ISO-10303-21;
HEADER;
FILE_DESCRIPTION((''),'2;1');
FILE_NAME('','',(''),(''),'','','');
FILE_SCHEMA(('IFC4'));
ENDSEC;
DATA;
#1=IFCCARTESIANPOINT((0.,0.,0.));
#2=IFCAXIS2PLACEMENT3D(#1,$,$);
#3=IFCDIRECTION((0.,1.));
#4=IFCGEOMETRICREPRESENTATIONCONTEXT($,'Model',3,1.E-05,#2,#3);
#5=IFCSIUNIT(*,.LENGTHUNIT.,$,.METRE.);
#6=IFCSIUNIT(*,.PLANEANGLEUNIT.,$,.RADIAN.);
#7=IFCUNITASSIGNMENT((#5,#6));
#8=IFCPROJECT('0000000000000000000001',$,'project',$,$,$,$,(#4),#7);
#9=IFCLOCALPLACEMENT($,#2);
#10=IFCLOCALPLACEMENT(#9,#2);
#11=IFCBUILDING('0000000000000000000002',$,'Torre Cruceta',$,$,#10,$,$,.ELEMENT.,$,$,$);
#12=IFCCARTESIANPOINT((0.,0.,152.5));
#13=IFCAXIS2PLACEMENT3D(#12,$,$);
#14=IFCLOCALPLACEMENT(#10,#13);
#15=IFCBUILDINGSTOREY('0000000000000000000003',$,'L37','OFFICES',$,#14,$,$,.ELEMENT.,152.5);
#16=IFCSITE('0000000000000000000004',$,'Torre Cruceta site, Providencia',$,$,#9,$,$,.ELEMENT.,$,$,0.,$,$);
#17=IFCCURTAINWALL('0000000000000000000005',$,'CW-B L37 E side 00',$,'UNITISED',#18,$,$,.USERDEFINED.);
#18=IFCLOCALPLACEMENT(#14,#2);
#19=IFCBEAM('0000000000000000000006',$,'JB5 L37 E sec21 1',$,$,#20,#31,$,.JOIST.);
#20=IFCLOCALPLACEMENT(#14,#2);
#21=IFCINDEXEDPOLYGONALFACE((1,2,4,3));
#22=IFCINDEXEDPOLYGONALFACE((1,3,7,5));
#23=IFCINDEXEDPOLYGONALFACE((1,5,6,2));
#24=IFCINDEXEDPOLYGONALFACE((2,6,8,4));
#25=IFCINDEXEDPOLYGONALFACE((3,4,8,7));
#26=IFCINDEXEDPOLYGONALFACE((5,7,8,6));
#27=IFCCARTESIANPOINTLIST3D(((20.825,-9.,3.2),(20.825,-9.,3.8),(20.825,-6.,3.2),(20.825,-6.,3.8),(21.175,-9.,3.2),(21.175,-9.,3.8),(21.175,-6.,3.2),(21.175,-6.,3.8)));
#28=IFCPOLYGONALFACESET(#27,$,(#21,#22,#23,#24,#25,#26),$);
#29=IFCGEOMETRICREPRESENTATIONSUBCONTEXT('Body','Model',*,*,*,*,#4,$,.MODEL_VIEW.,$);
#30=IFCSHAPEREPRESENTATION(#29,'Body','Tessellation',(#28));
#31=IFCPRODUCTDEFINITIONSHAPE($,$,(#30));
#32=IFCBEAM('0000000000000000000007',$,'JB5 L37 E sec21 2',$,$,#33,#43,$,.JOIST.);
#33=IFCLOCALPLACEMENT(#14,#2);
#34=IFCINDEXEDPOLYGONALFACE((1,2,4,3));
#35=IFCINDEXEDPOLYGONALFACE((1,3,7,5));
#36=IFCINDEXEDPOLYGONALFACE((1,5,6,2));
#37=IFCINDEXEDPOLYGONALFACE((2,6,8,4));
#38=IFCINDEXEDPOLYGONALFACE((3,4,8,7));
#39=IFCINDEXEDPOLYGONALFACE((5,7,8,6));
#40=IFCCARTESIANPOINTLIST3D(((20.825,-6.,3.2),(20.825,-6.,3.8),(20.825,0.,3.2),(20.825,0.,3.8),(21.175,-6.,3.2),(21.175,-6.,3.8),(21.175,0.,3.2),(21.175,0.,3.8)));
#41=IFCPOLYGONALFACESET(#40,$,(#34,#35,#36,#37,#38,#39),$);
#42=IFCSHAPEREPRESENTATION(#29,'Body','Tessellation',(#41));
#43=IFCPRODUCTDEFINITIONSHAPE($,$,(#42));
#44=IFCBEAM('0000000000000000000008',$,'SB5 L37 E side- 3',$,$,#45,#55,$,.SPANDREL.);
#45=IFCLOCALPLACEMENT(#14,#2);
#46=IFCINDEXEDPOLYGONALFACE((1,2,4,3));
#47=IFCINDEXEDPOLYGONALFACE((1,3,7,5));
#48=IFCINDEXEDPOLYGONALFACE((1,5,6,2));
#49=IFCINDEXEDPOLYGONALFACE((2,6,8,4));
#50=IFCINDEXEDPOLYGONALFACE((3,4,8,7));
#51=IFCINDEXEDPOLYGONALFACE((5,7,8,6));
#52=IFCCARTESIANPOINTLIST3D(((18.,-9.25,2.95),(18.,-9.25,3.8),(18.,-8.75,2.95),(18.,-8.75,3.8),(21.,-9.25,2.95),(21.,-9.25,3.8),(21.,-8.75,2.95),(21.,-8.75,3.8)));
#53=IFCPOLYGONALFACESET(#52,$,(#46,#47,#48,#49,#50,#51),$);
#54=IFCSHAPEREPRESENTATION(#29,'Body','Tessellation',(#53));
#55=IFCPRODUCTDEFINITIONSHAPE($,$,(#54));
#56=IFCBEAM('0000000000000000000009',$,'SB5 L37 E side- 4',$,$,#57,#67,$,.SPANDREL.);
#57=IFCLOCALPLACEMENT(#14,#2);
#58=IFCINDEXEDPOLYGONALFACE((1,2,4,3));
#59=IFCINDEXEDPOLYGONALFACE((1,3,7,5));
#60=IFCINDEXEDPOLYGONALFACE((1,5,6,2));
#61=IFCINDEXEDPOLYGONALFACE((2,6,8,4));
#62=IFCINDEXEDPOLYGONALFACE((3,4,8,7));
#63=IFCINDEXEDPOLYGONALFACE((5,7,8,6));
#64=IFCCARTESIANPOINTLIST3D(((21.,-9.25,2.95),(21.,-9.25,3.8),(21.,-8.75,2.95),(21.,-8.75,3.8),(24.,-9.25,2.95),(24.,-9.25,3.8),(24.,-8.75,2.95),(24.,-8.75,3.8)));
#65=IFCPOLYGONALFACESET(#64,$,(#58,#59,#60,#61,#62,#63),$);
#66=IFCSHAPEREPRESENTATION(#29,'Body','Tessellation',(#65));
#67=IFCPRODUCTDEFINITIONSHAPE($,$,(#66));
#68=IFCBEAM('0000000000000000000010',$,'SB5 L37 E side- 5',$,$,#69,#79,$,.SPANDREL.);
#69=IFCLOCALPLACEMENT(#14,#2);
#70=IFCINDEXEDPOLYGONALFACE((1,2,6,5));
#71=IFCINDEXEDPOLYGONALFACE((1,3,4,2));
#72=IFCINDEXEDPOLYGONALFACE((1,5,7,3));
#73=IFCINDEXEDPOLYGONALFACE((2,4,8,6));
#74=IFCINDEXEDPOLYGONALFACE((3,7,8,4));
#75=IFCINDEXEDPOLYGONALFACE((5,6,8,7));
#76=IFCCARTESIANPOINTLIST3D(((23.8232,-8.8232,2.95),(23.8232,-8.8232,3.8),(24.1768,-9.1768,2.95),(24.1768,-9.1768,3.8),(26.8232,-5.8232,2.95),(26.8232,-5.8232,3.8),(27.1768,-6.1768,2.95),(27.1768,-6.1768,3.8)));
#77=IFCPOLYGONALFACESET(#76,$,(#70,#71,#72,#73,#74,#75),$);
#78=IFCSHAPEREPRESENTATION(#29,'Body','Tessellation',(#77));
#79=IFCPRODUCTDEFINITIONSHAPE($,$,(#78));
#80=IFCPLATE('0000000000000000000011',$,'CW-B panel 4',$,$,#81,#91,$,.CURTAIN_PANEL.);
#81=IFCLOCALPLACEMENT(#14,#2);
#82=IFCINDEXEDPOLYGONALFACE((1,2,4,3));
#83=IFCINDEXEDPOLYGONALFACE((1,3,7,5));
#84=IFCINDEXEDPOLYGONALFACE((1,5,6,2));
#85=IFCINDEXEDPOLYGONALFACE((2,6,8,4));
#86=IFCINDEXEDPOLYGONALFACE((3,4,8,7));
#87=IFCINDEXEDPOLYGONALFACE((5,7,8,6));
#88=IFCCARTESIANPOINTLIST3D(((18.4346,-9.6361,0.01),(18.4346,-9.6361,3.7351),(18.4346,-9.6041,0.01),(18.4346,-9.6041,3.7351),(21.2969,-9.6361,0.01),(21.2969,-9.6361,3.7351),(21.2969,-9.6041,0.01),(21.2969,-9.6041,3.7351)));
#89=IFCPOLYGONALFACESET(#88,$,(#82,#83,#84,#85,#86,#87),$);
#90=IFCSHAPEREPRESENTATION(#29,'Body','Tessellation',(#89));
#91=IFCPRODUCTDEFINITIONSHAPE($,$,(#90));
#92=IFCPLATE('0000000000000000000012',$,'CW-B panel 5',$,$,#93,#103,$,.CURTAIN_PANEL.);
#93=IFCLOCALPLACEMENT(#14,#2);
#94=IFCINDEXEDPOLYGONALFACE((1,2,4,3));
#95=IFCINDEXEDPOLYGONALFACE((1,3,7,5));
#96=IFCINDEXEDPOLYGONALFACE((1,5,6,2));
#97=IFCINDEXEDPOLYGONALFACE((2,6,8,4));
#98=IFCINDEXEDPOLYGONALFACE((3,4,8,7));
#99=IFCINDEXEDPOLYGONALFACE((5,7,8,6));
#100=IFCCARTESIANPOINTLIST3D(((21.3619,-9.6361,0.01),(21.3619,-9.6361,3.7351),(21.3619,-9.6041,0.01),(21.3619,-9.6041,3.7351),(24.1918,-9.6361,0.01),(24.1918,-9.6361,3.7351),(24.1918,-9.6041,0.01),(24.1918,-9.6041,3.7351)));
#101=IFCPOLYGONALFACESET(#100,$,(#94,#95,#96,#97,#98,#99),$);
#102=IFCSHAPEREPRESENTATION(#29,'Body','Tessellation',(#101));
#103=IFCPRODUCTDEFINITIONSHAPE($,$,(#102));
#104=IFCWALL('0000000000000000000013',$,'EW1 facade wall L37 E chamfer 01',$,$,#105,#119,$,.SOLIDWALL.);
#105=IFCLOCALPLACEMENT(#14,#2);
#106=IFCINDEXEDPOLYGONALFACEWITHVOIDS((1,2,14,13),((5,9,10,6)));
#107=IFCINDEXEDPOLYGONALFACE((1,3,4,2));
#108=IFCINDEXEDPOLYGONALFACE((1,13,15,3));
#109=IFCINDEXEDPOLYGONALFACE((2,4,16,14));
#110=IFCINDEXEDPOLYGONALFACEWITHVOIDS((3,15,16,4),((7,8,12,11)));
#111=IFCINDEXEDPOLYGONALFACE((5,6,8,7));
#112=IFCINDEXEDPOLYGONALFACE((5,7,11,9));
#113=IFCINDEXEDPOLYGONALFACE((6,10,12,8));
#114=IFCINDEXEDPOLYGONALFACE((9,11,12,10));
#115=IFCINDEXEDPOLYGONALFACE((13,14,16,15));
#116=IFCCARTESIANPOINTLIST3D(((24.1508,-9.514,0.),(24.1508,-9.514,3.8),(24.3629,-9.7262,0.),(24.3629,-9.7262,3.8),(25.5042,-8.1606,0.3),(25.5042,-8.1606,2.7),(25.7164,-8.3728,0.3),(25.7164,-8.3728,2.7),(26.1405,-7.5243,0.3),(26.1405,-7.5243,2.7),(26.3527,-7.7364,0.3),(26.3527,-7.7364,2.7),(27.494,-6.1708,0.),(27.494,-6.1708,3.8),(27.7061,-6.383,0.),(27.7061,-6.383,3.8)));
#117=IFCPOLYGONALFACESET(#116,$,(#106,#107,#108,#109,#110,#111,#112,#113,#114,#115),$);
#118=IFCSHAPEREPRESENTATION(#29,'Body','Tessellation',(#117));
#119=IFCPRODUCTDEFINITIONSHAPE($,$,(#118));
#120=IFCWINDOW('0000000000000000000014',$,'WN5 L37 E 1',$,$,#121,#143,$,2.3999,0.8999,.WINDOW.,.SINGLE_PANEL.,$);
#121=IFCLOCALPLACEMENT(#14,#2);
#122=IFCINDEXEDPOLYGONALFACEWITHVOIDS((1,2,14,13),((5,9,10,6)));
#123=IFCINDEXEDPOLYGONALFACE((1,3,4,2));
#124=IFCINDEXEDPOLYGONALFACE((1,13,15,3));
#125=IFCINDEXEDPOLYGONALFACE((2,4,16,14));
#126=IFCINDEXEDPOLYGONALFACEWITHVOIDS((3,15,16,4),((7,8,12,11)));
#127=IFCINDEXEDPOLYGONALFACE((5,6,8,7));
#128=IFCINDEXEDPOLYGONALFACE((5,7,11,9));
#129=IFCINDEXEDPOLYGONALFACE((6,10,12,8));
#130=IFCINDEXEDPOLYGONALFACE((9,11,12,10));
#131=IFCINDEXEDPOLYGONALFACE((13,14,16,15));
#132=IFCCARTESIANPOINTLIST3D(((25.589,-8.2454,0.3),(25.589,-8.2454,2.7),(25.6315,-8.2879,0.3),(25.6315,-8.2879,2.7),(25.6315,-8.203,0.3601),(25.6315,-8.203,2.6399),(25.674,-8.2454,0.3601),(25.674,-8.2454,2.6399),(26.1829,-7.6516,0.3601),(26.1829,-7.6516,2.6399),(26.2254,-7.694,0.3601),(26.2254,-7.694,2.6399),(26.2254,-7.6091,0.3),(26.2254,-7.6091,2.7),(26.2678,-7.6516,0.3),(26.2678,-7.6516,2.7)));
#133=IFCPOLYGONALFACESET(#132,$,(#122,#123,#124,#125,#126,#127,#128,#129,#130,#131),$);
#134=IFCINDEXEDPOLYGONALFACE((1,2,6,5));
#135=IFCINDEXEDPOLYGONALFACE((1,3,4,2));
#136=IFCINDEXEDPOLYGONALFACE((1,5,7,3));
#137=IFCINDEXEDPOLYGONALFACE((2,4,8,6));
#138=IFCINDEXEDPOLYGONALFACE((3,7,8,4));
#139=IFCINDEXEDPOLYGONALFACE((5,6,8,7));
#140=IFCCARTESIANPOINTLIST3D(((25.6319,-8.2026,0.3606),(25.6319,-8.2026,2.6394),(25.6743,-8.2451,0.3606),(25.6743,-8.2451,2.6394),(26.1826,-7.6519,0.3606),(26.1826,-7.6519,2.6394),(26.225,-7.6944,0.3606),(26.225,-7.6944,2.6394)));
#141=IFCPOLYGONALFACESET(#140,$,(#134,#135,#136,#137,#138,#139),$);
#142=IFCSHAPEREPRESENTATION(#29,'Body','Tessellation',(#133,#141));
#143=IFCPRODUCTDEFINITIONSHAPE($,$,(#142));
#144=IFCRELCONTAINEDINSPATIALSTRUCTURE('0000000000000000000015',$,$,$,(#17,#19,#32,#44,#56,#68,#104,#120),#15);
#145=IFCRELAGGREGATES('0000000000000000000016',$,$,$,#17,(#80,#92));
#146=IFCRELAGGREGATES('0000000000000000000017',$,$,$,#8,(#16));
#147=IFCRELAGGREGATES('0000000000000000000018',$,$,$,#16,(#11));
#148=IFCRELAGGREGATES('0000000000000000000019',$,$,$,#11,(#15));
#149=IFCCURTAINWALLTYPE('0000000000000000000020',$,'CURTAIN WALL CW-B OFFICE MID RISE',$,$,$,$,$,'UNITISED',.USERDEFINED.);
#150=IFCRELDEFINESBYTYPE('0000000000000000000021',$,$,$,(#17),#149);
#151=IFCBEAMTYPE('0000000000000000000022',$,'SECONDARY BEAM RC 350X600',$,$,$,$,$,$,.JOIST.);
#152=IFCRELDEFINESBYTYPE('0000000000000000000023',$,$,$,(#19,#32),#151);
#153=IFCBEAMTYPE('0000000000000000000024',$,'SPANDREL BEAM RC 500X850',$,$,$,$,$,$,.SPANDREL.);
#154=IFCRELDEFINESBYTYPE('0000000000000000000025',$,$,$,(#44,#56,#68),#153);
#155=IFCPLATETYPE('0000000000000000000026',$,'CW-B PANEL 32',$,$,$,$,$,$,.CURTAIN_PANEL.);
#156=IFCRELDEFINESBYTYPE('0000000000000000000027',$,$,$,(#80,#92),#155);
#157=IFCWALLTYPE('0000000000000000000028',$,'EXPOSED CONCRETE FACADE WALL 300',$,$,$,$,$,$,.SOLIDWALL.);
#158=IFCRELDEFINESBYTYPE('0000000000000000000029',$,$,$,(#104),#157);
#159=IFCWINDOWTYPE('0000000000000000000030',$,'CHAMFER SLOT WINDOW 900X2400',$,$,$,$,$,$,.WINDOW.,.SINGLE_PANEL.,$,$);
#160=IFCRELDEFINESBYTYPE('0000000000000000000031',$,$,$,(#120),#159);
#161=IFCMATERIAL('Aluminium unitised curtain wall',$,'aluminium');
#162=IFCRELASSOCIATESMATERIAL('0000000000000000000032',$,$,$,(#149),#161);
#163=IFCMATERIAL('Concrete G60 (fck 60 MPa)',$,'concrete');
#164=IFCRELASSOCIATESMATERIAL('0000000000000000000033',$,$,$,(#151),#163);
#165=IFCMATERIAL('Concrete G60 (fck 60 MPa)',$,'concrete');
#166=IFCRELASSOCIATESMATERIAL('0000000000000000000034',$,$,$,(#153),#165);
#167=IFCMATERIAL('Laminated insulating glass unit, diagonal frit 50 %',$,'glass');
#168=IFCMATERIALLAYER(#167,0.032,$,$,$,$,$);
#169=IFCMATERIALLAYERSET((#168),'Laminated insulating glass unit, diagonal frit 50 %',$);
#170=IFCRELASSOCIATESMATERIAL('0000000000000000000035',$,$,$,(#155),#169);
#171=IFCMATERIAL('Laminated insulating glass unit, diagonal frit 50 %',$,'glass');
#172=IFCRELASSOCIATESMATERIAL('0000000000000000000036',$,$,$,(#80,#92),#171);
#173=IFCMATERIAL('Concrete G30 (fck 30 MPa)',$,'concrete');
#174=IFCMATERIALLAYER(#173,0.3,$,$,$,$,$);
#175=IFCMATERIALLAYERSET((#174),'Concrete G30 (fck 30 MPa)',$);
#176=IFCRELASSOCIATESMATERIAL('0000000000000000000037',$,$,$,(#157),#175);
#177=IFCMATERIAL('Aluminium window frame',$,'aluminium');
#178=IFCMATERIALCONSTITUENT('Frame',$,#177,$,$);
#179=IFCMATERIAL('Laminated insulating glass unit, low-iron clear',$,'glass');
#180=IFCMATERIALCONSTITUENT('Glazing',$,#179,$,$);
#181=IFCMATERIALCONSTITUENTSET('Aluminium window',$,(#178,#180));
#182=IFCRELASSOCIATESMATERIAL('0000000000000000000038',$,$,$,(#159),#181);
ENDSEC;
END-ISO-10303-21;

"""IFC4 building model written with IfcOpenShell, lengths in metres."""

from ifc_helpers import new_model, si_unit, direction, frame, frame_2d, origin, origin_2d, place, context, subcontext, project, spatial, rectangle, hollow_rectangle, extrude, material, layer, layer_set, constituent, constituent_set, material_profile, profile_set, type_object, element, fill, aggregate, save


model = new_model("IFC4")

# Units and contexts
model_context = context("Model", 3, precision=1e-05, world=origin(), true_north=direction((0.0, 1.0)))
body_context = subcontext(model_context, "Body", "Model", "MODEL_VIEW")
ifc_project = project(units=[si_unit("LENGTHUNIT", "METRE"), si_unit("PLANEANGLEUNIT", "RADIAN")], contexts=[model_context])

# Site, building, storey
site_placement = place(None, origin())
site = spatial("IfcSite", under=ifc_project, at=site_placement, Name="Torre Cruceta site, Providencia", CompositionType="ELEMENT", RefElevation=0.0)
building_placement = place(site_placement, origin())
building = spatial("IfcBuilding", under=site, at=building_placement, Name="Torre Cruceta", CompositionType="ELEMENT")
storey_placement = place(building_placement, frame((0.0, 0.0, 152.5)))
storey = spatial("IfcBuildingStorey", under=building, at=storey_placement, Name="L37", Description="OFFICES", CompositionType="ELEMENT", Elevation=152.5)

# Curtain wall
ifc_material_1 = material(Name="Aluminium unitised curtain wall", Category="aluminium")
curtain_wall_type = type_object("IfcCurtainWallType", Name="CURTAIN WALL CW-B OFFICE MID RISE", ElementType="UNITISED", PredefinedType="USERDEFINED", material=ifc_material_1)
curtain_wall_placement = place(storey_placement, origin())
curtain_wall = element("IfcCurtainWall", 1, at=curtain_wall_placement, inside=storey, type_object=curtain_wall_type, Name="CW-B L37 E side 00", ObjectType="UNITISED", PredefinedType="USERDEFINED")

# Beams
ifc_material_2 = material(Name="Concrete G60 (fck 60 MPa)", Category="concrete")
ifc_material_profile_1 = material_profile(ifc_material_2, rectangle(XDim=0.3501, YDim=0.6001, at=origin_2d()), Name="RC 350X600")
ifc_profile_set_1 = profile_set([ifc_material_profile_1], Name="Concrete G60 (fck 60 MPa)")
beam_type_1 = type_object("IfcBeamType", Name="SECONDARY BEAM RC 350X600", PredefinedType="JOIST", material=ifc_profile_set_1)
beam_1_placement = place(storey_placement, frame((21.0, -9.0, 3.5), z_axis=(0.0, 1.0, 0.0), x_axis=(-1.0, 0.0, 0.0)))
element("IfcBeam", 2, at=beam_1_placement, inside=storey, type_object=beam_type_1, Name="JB5 L37 E sec21 1", PredefinedType="JOIST", context=body_context, shape_type="SweptSolid", body=[
    extrude(rectangle(XDim=0.3501, YDim=0.6001, at=origin_2d()), origin(), (0.0, 0.0, 1.0), 3.0),
])
beam_2_placement = place(storey_placement, frame((21.0, -6.0, 3.5), z_axis=(0.0, 1.0, 0.0), x_axis=(-1.0, 0.0, 0.0)))
element("IfcBeam", 3, at=beam_2_placement, inside=storey, type_object=beam_type_1, Name="JB5 L37 E sec21 2", PredefinedType="JOIST", context=body_context, shape_type="SweptSolid", body=[
    extrude(rectangle(XDim=0.3501, YDim=0.6001, at=origin_2d()), origin(), (0.0, 0.0, 1.0), 6.0),
])
ifc_material_3 = material(Name="Concrete G60 (fck 60 MPa)", Category="concrete")
ifc_material_profile_2 = material_profile(ifc_material_3, rectangle(XDim=0.5, YDim=0.8501, at=origin_2d()), Name="RC 500X850")
ifc_profile_set_2 = profile_set([ifc_material_profile_2], Name="Concrete G60 (fck 60 MPa)")
beam_type_2 = type_object("IfcBeamType", Name="SPANDREL BEAM RC 500X850", PredefinedType="SPANDREL", material=ifc_profile_set_2)
for number, where, z_axis, x_axis, name in (
    (4, (18.0, -9.0, 3.375), (1.0, 0.0, 0.0), (0.0, 1.0, 0.0), "SB5 L37 E side- 3"),
    (5, (21.0, -9.0, 3.375), (1.0, 0.0, 0.0), (0.0, 1.0, 0.0), "SB5 L37 E side- 4"),
):
    element("IfcBeam", number, at=place(storey_placement, frame(where, z_axis=z_axis, x_axis=x_axis)), inside=storey, type_object=beam_type_2, Name=name, PredefinedType="SPANDREL", context=body_context, shape_type="SweptSolid", body=[
        extrude(rectangle(XDim=0.5, YDim=0.8501, at=origin_2d()), origin(), (0.0, 0.0, 1.0), 3.0),
    ])
beam_3_placement = place(storey_placement, frame((24.0, -9.0, 3.375), z_axis=(0.707107, 0.707107, 0.0), x_axis=(-0.707107, 0.707107, 0.0)))
element("IfcBeam", 6, at=beam_3_placement, inside=storey, type_object=beam_type_2, Name="SB5 L37 E side- 5", PredefinedType="SPANDREL", context=body_context, shape_type="SweptSolid", body=[
    extrude(rectangle(XDim=0.5, YDim=0.8501, at=origin_2d()), origin(), (0.0, 0.0, 1.0), 4.2427),
])

# Plates
ifc_material_4 = material(Name="Laminated insulating glass unit, diagonal frit 50 %", Category="glass")
ifc_material_5 = material(Name="Laminated insulating glass unit, diagonal frit 50 %", Category="glass")
ifc_layer_1 = layer(ifc_material_5, 0.032)
ifc_layer_set_1 = layer_set([ifc_layer_1], Name="Laminated insulating glass unit, diagonal frit 50 %")
plate_type = type_object("IfcPlateType", Name="CW-B PANEL 32", PredefinedType="CURTAIN_PANEL", material=ifc_layer_set_1)
plate_1_placement = place(storey_placement, frame((19.8657, -9.6201, 0.01), z_axis=(0.0, 0.0, 1.0), x_axis=(1.0, 0.0, 0.0)))
plate_1 = element("IfcPlate", 7, at=plate_1_placement, type_object=plate_type, material=ifc_material_4, Name="CW-B panel 4", PredefinedType="CURTAIN_PANEL", context=body_context, shape_type="SweptSolid", body=[
    extrude(rectangle(XDim=2.8623, YDim=0.032, at=origin_2d()), origin(), (0.0, 0.0, 1.0), 3.7251),
])
plate_2_placement = place(storey_placement, frame((22.7769, -9.6201, 0.01), z_axis=(0.0, 0.0, 1.0), x_axis=(1.0, 0.0, 0.0)))
plate_2 = element("IfcPlate", 8, at=plate_2_placement, type_object=plate_type, material=ifc_material_4, Name="CW-B panel 5", PredefinedType="CURTAIN_PANEL", context=body_context, shape_type="SweptSolid", body=[
    extrude(rectangle(XDim=2.8298, YDim=0.032, at=origin_2d()), origin(), (0.0, 0.0, 1.0), 3.7251),
])
aggregate(curtain_wall, [plate_1, plate_2])

# Wall, opening, window
ifc_material_6 = material(Name="Concrete G30 (fck 30 MPa)", Category="concrete")
ifc_layer_2 = layer(ifc_material_6, 0.3)
ifc_layer_set_2 = layer_set([ifc_layer_2], Name="Concrete G30 (fck 30 MPa)")
wall_type_1 = type_object("IfcWallType", Name="EXPOSED CONCRETE FACADE WALL 300", PredefinedType="SOLIDWALL", material=ifc_layer_set_2)
wall_1_placement = place(storey_placement, frame((24.2568, -9.6201, 0.0), z_axis=(0.0, 0.0, 1.0), x_axis=(0.707107, 0.707107, 0.0)))
wall_1 = element("IfcWall", 9, at=wall_1_placement, inside=storey, type_object=wall_type_1, Name="EW1 facade wall L37 E chamfer 01", PredefinedType="SOLIDWALL", context=body_context, shape_type="SweptSolid", body=[
    extrude(rectangle(XDim=4.728, YDim=0.3, at=frame_2d((2.364, 0.0))), origin(), (0.0, 0.0, 1.0), 3.8),
])
opening_1_placement = place(wall_1_placement, frame((1.9141, 0.0, 0.3)))
opening_1 = element("IfcOpeningElement", 10, at=opening_1_placement, cuts=wall_1, PredefinedType="OPENING", context=body_context, shape_type="SweptSolid", body=[
    extrude(rectangle(XDim=0.8999, YDim=2.3999, at=frame_2d((0.45, 1.2))), frame((0.0, 0.1599, 0.0), z_axis=(0.0, -1.0, 0.0), x_axis=(1.0, 0.0, 0.0)), (0.0, 0.0, 1.0), 0.3201),
])
ifc_material_7 = material(Name="Aluminium window frame", Category="aluminium")
ifc_constituent_1 = constituent(ifc_material_7, Name="Frame")
ifc_material_8 = material(Name="Laminated insulating glass unit, low-iron clear", Category="glass")
ifc_constituent_2 = constituent(ifc_material_8, Name="Glazing")
ifc_constituent_set_1 = constituent_set(constituents=[ifc_constituent_1, ifc_constituent_2], Name="Aluminium window")
window_type_1 = type_object("IfcWindowType", Name="CHAMFER SLOT WINDOW 900X2400", PartitioningType="SINGLE_PANEL", PredefinedType="WINDOW", material=ifc_constituent_set_1)
window_1_placement = place(opening_1_placement, origin())
window_1 = element("IfcWindow", 11, at=window_1_placement, inside=storey, type_object=window_type_1, Name="WN5 L37 E 1", OverallHeight=2.3999, OverallWidth=0.8999, PartitioningType="SINGLE_PANEL", PredefinedType="WINDOW", context=body_context, shape_type="SweptSolid", body=[
    extrude(hollow_rectangle(XDim=0.8999, YDim=2.3999, WallThickness=0.0601, at=frame_2d((0.45, 1.2))), frame((0.0, 0.03, 0.0), z_axis=(0.0, -1.0, 0.0), x_axis=(1.0, 0.0, 0.0)), (0.0, 0.0, 1.0), 0.0601),
    extrude(rectangle(XDim=0.7788, YDim=2.2788, at=frame_2d((0.45, 1.2))), frame((0.0, 0.03, 0.0), z_axis=(0.0, -1.0, 0.0), x_axis=(1.0, 0.0, 0.0)), (0.0, 0.0, 1.0), 0.0601),
])
fill(opening_1, window_1)

save(model, "model.ifc")
